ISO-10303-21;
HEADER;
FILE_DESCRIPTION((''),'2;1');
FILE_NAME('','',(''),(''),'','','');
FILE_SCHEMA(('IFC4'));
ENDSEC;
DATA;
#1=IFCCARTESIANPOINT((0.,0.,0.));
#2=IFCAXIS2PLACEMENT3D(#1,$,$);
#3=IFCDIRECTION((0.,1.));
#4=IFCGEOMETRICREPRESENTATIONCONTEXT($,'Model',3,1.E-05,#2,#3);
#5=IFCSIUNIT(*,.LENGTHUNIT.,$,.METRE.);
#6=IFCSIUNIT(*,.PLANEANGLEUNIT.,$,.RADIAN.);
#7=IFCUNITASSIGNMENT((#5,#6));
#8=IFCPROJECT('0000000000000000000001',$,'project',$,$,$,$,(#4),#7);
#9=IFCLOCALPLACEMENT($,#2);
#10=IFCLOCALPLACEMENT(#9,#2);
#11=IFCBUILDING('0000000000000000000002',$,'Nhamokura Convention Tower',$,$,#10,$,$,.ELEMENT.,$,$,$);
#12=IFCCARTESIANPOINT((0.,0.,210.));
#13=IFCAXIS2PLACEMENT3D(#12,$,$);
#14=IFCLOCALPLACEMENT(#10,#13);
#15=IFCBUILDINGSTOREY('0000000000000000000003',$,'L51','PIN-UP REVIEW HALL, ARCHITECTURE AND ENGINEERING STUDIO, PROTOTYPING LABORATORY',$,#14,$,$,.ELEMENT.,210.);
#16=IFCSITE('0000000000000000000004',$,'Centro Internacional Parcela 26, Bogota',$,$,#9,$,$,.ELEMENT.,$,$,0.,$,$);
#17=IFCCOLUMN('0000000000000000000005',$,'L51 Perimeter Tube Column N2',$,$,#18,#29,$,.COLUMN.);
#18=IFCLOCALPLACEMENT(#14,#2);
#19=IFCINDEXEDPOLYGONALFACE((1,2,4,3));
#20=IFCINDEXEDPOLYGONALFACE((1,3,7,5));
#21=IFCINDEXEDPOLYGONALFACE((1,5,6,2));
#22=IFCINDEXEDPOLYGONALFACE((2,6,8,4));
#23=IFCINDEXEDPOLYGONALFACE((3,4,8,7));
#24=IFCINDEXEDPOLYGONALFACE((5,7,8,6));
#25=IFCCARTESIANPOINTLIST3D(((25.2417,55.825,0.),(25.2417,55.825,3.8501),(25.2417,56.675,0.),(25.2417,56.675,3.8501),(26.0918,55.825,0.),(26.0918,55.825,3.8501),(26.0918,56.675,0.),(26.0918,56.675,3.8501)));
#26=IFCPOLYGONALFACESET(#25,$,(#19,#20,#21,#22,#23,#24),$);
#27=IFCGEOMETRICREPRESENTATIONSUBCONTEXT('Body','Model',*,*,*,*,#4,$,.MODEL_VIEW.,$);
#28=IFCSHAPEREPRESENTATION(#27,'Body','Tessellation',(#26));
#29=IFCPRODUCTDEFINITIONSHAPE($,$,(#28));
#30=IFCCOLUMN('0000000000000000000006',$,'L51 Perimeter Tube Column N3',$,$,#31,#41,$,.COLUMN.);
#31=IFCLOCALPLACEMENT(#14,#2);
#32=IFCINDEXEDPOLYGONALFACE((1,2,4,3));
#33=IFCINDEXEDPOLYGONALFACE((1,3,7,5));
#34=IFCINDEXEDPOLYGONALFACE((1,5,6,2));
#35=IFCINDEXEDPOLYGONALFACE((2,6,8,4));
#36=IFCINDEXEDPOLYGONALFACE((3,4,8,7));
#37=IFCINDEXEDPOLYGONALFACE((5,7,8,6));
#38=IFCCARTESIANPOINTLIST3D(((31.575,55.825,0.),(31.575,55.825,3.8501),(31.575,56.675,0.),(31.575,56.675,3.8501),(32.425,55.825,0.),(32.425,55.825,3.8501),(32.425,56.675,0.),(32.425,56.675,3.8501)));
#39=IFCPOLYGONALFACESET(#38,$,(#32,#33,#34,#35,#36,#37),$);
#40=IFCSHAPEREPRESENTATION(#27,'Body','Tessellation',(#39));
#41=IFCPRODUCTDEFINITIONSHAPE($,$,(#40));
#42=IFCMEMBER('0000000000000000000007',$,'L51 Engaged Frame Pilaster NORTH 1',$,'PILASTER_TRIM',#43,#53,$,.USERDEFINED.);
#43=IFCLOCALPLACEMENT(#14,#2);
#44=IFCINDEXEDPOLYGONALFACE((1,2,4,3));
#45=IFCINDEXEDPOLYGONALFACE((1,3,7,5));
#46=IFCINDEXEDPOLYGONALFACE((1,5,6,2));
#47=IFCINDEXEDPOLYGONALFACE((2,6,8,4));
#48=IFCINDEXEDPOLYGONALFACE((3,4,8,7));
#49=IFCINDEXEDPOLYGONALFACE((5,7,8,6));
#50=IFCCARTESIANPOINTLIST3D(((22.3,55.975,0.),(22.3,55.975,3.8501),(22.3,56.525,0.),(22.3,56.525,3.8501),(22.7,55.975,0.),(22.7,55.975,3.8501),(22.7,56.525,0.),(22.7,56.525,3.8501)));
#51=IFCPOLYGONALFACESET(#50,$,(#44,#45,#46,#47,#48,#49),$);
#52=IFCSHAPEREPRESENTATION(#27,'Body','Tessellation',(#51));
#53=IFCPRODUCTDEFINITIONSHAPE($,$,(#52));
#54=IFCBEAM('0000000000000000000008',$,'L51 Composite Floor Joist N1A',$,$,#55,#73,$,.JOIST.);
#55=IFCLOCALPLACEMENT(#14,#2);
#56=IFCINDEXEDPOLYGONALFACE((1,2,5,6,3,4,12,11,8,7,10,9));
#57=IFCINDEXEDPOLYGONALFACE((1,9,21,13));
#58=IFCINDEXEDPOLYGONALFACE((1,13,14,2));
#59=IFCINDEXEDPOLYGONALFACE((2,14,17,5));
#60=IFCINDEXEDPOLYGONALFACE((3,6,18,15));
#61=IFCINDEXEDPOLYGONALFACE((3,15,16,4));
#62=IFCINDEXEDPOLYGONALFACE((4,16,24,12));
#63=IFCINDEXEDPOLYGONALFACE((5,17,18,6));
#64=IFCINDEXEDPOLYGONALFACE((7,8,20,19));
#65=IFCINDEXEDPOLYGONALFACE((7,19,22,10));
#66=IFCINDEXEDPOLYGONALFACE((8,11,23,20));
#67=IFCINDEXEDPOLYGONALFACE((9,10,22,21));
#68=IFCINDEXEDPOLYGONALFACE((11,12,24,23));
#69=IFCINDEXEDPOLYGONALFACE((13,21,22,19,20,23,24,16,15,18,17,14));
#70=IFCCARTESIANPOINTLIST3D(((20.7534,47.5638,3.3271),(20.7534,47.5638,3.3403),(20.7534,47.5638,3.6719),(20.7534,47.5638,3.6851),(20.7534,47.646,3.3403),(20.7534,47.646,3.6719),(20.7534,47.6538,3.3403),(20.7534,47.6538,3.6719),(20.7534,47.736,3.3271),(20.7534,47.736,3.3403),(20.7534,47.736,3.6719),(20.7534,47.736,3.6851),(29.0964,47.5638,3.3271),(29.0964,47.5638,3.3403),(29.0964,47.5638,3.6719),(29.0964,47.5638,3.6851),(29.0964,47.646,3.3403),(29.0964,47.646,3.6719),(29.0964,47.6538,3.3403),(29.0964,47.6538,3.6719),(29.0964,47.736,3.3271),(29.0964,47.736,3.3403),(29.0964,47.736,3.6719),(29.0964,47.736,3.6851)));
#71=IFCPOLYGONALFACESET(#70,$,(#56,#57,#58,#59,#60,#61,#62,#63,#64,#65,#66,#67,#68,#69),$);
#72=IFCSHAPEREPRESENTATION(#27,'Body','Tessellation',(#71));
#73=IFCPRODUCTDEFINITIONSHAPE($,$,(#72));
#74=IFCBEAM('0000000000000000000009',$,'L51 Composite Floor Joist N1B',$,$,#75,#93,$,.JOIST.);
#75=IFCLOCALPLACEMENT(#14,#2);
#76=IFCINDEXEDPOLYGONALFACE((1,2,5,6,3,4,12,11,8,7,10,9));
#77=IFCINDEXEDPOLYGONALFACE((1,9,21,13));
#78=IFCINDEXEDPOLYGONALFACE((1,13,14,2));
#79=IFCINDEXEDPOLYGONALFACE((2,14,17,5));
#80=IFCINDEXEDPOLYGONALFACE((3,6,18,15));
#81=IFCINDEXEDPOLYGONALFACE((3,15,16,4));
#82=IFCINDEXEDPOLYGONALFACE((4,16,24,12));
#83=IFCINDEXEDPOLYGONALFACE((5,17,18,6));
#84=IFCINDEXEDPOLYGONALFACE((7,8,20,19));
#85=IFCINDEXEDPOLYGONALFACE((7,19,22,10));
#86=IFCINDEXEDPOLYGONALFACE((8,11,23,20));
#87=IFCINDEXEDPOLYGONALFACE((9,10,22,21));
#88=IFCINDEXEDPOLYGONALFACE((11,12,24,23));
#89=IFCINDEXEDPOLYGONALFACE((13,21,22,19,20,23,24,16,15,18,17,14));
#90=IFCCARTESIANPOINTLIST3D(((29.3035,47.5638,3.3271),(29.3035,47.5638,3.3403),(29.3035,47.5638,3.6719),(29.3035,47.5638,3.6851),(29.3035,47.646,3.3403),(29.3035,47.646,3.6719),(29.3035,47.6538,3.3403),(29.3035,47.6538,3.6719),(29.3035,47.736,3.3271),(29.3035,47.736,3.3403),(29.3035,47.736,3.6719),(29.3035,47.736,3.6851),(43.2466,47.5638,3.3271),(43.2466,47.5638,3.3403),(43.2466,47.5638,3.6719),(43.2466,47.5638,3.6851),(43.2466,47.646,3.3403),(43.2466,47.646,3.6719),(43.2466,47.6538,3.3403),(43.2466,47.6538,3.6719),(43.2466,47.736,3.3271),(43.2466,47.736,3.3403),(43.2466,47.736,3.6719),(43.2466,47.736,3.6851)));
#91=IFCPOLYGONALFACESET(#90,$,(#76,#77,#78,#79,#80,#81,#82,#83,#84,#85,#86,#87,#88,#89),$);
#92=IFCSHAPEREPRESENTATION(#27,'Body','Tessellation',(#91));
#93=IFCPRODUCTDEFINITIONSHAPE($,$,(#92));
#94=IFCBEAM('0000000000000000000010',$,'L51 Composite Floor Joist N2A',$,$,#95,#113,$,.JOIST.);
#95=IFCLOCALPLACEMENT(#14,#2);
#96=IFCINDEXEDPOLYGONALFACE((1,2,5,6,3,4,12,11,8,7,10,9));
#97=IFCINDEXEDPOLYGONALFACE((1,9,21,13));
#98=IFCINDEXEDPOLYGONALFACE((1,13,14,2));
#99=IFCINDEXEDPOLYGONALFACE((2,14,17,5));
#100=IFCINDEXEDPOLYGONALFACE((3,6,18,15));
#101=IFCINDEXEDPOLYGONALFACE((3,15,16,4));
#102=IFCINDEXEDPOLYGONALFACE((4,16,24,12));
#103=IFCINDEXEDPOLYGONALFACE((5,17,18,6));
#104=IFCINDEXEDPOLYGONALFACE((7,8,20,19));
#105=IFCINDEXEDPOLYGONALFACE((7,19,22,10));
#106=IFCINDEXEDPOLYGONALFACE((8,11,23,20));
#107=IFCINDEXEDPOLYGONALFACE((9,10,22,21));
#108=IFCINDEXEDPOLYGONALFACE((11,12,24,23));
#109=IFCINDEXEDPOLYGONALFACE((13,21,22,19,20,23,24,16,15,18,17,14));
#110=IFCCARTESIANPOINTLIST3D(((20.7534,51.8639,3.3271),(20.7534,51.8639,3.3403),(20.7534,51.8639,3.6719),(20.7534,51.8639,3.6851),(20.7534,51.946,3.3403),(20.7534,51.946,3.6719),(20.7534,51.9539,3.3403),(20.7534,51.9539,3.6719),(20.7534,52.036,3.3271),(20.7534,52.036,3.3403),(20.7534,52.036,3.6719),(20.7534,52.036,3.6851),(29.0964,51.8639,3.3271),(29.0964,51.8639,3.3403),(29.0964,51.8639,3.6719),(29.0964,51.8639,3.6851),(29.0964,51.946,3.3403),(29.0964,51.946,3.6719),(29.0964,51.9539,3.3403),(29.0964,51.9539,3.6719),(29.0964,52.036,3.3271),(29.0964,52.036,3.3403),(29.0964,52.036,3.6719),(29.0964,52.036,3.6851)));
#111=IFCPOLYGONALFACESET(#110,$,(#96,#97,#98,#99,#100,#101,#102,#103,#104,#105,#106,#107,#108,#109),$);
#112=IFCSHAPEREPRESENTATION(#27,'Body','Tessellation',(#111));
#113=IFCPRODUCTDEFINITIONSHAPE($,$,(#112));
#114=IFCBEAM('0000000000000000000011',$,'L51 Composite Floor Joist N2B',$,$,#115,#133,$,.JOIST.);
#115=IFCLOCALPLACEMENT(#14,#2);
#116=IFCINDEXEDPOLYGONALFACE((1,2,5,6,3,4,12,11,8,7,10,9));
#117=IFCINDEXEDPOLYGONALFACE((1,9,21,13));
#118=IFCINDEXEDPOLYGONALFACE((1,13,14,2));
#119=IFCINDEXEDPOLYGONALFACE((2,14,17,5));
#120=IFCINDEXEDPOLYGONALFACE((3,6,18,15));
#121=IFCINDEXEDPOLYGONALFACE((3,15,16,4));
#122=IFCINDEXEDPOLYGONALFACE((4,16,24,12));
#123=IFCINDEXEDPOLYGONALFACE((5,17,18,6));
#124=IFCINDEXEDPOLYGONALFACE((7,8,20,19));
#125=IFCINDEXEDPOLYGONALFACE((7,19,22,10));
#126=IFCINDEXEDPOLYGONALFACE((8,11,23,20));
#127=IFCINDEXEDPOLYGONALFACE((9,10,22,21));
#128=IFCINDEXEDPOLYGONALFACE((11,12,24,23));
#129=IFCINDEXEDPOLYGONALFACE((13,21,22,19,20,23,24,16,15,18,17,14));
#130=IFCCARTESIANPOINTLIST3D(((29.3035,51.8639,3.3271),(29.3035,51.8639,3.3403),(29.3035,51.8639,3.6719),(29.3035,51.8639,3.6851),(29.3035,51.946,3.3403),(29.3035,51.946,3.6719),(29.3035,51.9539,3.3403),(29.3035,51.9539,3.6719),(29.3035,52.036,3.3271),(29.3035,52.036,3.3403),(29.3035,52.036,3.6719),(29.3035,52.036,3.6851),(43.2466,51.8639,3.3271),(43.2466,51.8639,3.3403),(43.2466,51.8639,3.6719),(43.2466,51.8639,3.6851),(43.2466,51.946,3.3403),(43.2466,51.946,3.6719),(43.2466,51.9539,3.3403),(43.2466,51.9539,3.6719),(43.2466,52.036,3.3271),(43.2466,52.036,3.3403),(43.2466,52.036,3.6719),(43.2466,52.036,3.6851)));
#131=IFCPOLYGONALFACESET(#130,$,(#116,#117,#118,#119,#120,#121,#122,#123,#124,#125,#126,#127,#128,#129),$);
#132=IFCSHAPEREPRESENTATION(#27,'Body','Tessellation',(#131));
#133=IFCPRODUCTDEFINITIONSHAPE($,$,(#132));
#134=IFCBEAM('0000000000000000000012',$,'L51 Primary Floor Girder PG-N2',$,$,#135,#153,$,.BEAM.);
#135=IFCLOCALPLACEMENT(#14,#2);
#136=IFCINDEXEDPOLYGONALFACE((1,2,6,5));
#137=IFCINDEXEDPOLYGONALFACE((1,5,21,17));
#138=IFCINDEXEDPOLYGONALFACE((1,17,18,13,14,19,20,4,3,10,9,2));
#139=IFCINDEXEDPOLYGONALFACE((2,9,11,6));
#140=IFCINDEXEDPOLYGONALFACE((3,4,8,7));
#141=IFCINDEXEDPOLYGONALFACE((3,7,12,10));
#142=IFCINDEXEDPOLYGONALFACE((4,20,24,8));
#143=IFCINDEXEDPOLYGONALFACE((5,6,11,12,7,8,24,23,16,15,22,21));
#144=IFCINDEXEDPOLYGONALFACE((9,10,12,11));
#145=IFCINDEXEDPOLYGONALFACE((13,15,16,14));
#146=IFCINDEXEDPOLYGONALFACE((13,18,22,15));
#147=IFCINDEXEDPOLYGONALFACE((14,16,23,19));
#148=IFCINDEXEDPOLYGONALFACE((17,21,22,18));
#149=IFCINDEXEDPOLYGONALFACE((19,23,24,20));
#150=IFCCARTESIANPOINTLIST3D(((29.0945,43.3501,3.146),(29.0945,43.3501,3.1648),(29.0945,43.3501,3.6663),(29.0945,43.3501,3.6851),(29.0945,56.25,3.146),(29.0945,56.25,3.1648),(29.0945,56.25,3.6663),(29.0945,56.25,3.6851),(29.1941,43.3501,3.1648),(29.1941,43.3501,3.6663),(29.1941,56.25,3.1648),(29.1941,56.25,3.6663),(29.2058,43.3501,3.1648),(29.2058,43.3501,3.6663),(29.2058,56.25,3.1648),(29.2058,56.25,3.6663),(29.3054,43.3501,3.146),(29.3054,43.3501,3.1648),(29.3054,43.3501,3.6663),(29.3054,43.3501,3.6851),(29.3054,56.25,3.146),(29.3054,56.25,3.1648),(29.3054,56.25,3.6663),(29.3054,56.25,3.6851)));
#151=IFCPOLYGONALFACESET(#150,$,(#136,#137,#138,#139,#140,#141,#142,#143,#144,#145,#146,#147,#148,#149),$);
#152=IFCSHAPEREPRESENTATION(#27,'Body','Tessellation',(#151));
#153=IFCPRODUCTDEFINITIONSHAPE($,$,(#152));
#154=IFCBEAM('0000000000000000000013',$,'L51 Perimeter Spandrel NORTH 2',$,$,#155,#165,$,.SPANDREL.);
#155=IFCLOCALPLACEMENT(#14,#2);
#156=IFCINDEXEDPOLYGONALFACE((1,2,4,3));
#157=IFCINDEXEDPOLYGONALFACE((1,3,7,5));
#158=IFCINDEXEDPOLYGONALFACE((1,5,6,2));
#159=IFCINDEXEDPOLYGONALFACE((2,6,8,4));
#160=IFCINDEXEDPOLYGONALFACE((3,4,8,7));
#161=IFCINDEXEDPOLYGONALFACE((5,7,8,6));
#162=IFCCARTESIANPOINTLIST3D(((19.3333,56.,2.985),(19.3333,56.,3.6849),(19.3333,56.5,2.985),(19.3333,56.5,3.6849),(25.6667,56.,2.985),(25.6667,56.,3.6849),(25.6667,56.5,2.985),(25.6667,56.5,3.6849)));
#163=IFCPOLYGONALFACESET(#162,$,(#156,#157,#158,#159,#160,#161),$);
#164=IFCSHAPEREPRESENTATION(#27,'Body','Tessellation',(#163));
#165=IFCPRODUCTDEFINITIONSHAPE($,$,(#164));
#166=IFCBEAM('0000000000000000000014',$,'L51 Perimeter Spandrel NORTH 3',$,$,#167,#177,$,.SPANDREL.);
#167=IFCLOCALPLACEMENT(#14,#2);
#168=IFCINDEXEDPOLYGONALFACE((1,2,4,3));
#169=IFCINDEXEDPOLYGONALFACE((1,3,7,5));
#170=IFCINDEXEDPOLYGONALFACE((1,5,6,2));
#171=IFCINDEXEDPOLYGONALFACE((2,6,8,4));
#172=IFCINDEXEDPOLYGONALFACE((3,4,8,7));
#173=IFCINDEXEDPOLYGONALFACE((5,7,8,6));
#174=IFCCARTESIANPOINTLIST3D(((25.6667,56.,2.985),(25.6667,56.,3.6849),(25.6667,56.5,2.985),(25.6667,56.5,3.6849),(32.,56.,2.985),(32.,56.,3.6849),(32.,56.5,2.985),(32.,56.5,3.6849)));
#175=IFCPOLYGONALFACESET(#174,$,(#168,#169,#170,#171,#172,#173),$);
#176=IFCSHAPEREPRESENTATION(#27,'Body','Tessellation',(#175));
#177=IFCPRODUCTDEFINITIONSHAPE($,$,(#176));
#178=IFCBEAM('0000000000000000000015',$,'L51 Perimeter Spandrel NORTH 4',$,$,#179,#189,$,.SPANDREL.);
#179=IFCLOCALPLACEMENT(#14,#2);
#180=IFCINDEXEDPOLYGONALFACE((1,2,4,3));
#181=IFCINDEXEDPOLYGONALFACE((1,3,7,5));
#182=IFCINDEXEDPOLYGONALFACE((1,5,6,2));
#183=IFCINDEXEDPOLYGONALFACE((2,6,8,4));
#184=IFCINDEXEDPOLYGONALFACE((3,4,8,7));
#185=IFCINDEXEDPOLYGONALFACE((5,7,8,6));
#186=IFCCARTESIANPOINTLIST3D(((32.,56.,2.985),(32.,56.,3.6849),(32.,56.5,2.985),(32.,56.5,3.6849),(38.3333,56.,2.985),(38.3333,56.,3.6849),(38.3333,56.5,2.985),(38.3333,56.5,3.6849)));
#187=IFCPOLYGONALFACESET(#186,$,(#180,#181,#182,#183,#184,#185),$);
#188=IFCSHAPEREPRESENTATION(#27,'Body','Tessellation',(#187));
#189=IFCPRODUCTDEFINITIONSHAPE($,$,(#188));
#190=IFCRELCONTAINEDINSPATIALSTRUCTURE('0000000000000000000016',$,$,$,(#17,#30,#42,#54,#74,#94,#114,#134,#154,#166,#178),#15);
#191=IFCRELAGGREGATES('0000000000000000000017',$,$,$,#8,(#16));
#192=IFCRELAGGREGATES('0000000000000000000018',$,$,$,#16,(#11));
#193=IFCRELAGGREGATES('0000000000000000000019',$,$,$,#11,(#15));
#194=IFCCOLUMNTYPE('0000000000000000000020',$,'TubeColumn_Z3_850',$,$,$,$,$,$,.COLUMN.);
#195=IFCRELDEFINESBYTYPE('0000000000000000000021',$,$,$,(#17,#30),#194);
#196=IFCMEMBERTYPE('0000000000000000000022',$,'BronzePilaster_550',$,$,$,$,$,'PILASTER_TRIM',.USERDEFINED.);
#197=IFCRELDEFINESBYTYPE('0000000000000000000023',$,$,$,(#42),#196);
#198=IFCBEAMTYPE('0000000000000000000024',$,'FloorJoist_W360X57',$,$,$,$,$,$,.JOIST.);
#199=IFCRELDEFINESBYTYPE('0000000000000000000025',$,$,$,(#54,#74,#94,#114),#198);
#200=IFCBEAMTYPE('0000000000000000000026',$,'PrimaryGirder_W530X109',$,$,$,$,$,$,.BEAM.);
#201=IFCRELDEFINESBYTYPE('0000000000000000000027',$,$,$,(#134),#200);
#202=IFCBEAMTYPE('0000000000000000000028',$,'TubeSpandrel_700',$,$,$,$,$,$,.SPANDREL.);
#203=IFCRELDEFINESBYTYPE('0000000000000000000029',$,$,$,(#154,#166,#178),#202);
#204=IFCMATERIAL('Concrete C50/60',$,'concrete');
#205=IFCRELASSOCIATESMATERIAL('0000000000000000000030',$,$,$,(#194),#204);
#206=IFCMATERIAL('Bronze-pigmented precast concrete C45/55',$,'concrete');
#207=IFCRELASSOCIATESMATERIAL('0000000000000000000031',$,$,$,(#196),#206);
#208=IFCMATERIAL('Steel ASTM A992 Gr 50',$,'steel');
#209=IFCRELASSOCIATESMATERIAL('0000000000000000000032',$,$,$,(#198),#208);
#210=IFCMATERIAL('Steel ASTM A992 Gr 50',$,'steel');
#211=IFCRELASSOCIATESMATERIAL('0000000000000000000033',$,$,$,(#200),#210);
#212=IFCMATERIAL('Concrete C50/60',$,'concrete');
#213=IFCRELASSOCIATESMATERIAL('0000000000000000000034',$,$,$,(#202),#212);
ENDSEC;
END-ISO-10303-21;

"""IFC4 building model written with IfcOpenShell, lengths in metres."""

from ifc_helpers import new_model, si_unit, direction, frame, origin, origin_2d, place, context, subcontext, project, spatial, rectangle, i_section, extrude, material, material_profile, profile_set, type_object, element, save


model = new_model("IFC4")

# Units and contexts
model_context = context("Model", 3, precision=1e-05, world=origin(), true_north=direction((0.0, 1.0)))
body_context = subcontext(model_context, "Body", "Model", "MODEL_VIEW")
ifc_project = project(units=[si_unit("LENGTHUNIT", "METRE"), si_unit("PLANEANGLEUNIT", "RADIAN")], contexts=[model_context])

# Site, building, storey
site_placement = place(None, origin())
site = spatial("IfcSite", under=ifc_project, at=site_placement, Name="Centro Internacional Parcela 26, Bogota", CompositionType="ELEMENT", RefElevation=0.0)
building_placement = place(site_placement, origin())
building = spatial("IfcBuilding", under=site, at=building_placement, Name="Nhamokura Convention Tower", CompositionType="ELEMENT")
storey_placement = place(building_placement, frame((0.0, 0.0, 210.0)))
storey = spatial("IfcBuildingStorey", under=building, at=storey_placement, Name="L51", Description="PIN-UP REVIEW HALL, ARCHITECTURE AND ENGINEERING STUDIO, PROTOTYPING LABORATORY", CompositionType="ELEMENT", Elevation=210.0)

# Columns
ifc_material_1 = material(Name="Concrete C50/60", Category="concrete")
ifc_material_profile_1 = material_profile(ifc_material_1, rectangle(XDim=0.8501, YDim=0.8501, at=origin_2d()))
ifc_profile_set_1 = profile_set([ifc_material_profile_1], Name="Concrete C50/60")
column_type = type_object("IfcColumnType", Name="TubeColumn_Z3_850", PredefinedType="COLUMN", material=ifc_profile_set_1)
for number, where, z_axis, x_axis, name in (
    (1, (25.6667, 56.25, 0.0), (0.0, 0.0, 1.0), (1.0, 0.0, 0.0), "L51 Perimeter Tube Column N2"),
    (2, (32.0, 56.25, 0.0), (0.0, 0.0, 1.0), (1.0, 0.0, 0.0), "L51 Perimeter Tube Column N3"),
):
    element("IfcColumn", number, at=place(storey_placement, frame(where, z_axis=z_axis, x_axis=x_axis)), inside=storey, type_object=column_type, Name=name, PredefinedType="COLUMN", context=body_context, shape_type="SweptSolid", body=[
        extrude(rectangle(XDim=0.8501, YDim=0.8501, at=origin_2d()), origin(), (0.0, 0.0, 1.0), 3.8501),
    ])

# Member
ifc_material_2 = material(Name="Bronze-pigmented precast concrete C45/55", Category="concrete")
ifc_material_profile_2 = material_profile(ifc_material_2, rectangle(XDim=0.3999, YDim=0.55, at=origin_2d()))
ifc_profile_set_2 = profile_set([ifc_material_profile_2], Name="Bronze-pigmented precast concrete C45/55")
member_type = type_object("IfcMemberType", Name="BronzePilaster_550", ElementType="PILASTER_TRIM", PredefinedType="USERDEFINED", material=ifc_profile_set_2)
member_placement = place(storey_placement, frame((22.5, 56.25, 0.0), z_axis=(0.0, 0.0, 1.0), x_axis=(1.0, 0.0, 0.0)))
element("IfcMember", 3, at=member_placement, inside=storey, type_object=member_type, Name="L51 Engaged Frame Pilaster NORTH 1", ObjectType="PILASTER_TRIM", PredefinedType="USERDEFINED", context=body_context, shape_type="SweptSolid", body=[
    extrude(rectangle(XDim=0.3999, YDim=0.55, at=origin_2d()), origin(), (0.0, 0.0, 1.0), 3.8501),
])

# Beams
ifc_material_3 = material(Name="Steel ASTM A992 Gr 50", Category="steel")
ifc_material_profile_3 = material_profile(ifc_material_3, i_section(OverallWidth=0.1721, OverallDepth=0.3579, WebThickness=0.0078, FlangeThickness=0.0132, at=origin_2d()))
ifc_profile_set_3 = profile_set([ifc_material_profile_3], Name="Steel ASTM A992 Gr 50")
beam_type_1 = type_object("IfcBeamType", Name="FloorJoist_W360X57", PredefinedType="JOIST", material=ifc_profile_set_3)
beam_1_placement = place(storey_placement, frame((20.7534, 47.6499, 3.5061), z_axis=(1.0, 0.0, 0.0), x_axis=(0.0, 1.0, 0.0)))
element("IfcBeam", 4, at=beam_1_placement, inside=storey, type_object=beam_type_1, Name="L51 Composite Floor Joist N1A", PredefinedType="JOIST", context=body_context, shape_type="SweptSolid", body=[
    extrude(i_section(OverallWidth=0.1721, OverallDepth=0.3579, WebThickness=0.0078, FlangeThickness=0.0132, at=origin_2d()), origin(), (0.0, 0.0, 1.0), 8.343),
])
beam_2_placement = place(storey_placement, frame((29.3035, 47.6499, 3.5061), z_axis=(1.0, 0.0, 0.0), x_axis=(0.0, 1.0, 0.0)))
element("IfcBeam", 5, at=beam_2_placement, inside=storey, type_object=beam_type_1, Name="L51 Composite Floor Joist N1B", PredefinedType="JOIST", context=body_context, shape_type="SweptSolid", body=[
    extrude(i_section(OverallWidth=0.1721, OverallDepth=0.3579, WebThickness=0.0078, FlangeThickness=0.0132, at=origin_2d()), origin(), (0.0, 0.0, 1.0), 13.9431),
])
beam_3_placement = place(storey_placement, frame((20.7534, 51.95, 3.5061), z_axis=(1.0, 0.0, 0.0), x_axis=(0.0, 1.0, 0.0)))
element("IfcBeam", 6, at=beam_3_placement, inside=storey, type_object=beam_type_1, Name="L51 Composite Floor Joist N2A", PredefinedType="JOIST", context=body_context, shape_type="SweptSolid", body=[
    extrude(i_section(OverallWidth=0.1721, OverallDepth=0.3579, WebThickness=0.0078, FlangeThickness=0.0132, at=origin_2d()), origin(), (0.0, 0.0, 1.0), 8.343),
])
beam_4_placement = place(storey_placement, frame((29.3035, 51.95, 3.5061), z_axis=(1.0, 0.0, 0.0), x_axis=(0.0, 1.0, 0.0)))
element("IfcBeam", 7, at=beam_4_placement, inside=storey, type_object=beam_type_1, Name="L51 Composite Floor Joist N2B", PredefinedType="JOIST", context=body_context, shape_type="SweptSolid", body=[
    extrude(i_section(OverallWidth=0.1721, OverallDepth=0.3579, WebThickness=0.0078, FlangeThickness=0.0132, at=origin_2d()), origin(), (0.0, 0.0, 1.0), 13.9431),
])
ifc_material_4 = material(Name="Steel ASTM A992 Gr 50", Category="steel")
ifc_material_profile_4 = material_profile(ifc_material_4, i_section(OverallWidth=0.2109, OverallDepth=0.5391, WebThickness=0.0117, FlangeThickness=0.0188, at=origin_2d()))
ifc_profile_set_4 = profile_set([ifc_material_profile_4], Name="Steel ASTM A992 Gr 50")
beam_type_2 = type_object("IfcBeamType", Name="PrimaryGirder_W530X109", PredefinedType="BEAM", material=ifc_profile_set_4)
beam_5_placement = place(storey_placement, frame((29.2, 43.3501, 3.4155), z_axis=(0.0, 1.0, 0.0), x_axis=(-1.0, 0.0, 0.0)))
element("IfcBeam", 8, at=beam_5_placement, inside=storey, type_object=beam_type_2, Name="L51 Primary Floor Girder PG-N2", PredefinedType="BEAM", context=body_context, shape_type="SweptSolid", body=[
    extrude(i_section(OverallWidth=0.2109, OverallDepth=0.5391, WebThickness=0.0117, FlangeThickness=0.0188, at=origin_2d()), origin(), (0.0, 0.0, 1.0), 12.8999),
])
ifc_material_5 = material(Name="Concrete C50/60", Category="concrete")
ifc_material_profile_5 = material_profile(ifc_material_5, rectangle(XDim=0.5, YDim=0.7, at=origin_2d()))
ifc_profile_set_5 = profile_set([ifc_material_profile_5], Name="Concrete C50/60")
beam_type_3 = type_object("IfcBeamType", Name="TubeSpandrel_700", PredefinedType="SPANDREL", material=ifc_profile_set_5)
beam_6_placement = place(storey_placement, frame((19.3333, 56.25, 3.335), z_axis=(1.0, 0.0, 0.0), x_axis=(0.0, 1.0, 0.0)))
element("IfcBeam", 9, at=beam_6_placement, inside=storey, type_object=beam_type_3, Name="L51 Perimeter Spandrel NORTH 2", PredefinedType="SPANDREL", context=body_context, shape_type="SweptSolid", body=[
    extrude(rectangle(XDim=0.5, YDim=0.7, at=origin_2d()), origin(), (0.0, 0.0, 1.0), 6.3335),
])
for number, where, z_axis, x_axis, name in (
    (10, (25.6667, 56.25, 3.335), (1.0, 0.0, 0.0), (0.0, 1.0, 0.0), "L51 Perimeter Spandrel NORTH 3"),
    (11, (32.0, 56.25, 3.335), (1.0, 0.0, 0.0), (0.0, 1.0, 0.0), "L51 Perimeter Spandrel NORTH 4"),
):
    element("IfcBeam", number, at=place(storey_placement, frame(where, z_axis=z_axis, x_axis=x_axis)), inside=storey, type_object=beam_type_3, Name=name, PredefinedType="SPANDREL", context=body_context, shape_type="SweptSolid", body=[
        extrude(rectangle(XDim=0.5, YDim=0.7, at=origin_2d()), origin(), (0.0, 0.0, 1.0), 6.3333),
    ])

save(model, "model.ifc")
